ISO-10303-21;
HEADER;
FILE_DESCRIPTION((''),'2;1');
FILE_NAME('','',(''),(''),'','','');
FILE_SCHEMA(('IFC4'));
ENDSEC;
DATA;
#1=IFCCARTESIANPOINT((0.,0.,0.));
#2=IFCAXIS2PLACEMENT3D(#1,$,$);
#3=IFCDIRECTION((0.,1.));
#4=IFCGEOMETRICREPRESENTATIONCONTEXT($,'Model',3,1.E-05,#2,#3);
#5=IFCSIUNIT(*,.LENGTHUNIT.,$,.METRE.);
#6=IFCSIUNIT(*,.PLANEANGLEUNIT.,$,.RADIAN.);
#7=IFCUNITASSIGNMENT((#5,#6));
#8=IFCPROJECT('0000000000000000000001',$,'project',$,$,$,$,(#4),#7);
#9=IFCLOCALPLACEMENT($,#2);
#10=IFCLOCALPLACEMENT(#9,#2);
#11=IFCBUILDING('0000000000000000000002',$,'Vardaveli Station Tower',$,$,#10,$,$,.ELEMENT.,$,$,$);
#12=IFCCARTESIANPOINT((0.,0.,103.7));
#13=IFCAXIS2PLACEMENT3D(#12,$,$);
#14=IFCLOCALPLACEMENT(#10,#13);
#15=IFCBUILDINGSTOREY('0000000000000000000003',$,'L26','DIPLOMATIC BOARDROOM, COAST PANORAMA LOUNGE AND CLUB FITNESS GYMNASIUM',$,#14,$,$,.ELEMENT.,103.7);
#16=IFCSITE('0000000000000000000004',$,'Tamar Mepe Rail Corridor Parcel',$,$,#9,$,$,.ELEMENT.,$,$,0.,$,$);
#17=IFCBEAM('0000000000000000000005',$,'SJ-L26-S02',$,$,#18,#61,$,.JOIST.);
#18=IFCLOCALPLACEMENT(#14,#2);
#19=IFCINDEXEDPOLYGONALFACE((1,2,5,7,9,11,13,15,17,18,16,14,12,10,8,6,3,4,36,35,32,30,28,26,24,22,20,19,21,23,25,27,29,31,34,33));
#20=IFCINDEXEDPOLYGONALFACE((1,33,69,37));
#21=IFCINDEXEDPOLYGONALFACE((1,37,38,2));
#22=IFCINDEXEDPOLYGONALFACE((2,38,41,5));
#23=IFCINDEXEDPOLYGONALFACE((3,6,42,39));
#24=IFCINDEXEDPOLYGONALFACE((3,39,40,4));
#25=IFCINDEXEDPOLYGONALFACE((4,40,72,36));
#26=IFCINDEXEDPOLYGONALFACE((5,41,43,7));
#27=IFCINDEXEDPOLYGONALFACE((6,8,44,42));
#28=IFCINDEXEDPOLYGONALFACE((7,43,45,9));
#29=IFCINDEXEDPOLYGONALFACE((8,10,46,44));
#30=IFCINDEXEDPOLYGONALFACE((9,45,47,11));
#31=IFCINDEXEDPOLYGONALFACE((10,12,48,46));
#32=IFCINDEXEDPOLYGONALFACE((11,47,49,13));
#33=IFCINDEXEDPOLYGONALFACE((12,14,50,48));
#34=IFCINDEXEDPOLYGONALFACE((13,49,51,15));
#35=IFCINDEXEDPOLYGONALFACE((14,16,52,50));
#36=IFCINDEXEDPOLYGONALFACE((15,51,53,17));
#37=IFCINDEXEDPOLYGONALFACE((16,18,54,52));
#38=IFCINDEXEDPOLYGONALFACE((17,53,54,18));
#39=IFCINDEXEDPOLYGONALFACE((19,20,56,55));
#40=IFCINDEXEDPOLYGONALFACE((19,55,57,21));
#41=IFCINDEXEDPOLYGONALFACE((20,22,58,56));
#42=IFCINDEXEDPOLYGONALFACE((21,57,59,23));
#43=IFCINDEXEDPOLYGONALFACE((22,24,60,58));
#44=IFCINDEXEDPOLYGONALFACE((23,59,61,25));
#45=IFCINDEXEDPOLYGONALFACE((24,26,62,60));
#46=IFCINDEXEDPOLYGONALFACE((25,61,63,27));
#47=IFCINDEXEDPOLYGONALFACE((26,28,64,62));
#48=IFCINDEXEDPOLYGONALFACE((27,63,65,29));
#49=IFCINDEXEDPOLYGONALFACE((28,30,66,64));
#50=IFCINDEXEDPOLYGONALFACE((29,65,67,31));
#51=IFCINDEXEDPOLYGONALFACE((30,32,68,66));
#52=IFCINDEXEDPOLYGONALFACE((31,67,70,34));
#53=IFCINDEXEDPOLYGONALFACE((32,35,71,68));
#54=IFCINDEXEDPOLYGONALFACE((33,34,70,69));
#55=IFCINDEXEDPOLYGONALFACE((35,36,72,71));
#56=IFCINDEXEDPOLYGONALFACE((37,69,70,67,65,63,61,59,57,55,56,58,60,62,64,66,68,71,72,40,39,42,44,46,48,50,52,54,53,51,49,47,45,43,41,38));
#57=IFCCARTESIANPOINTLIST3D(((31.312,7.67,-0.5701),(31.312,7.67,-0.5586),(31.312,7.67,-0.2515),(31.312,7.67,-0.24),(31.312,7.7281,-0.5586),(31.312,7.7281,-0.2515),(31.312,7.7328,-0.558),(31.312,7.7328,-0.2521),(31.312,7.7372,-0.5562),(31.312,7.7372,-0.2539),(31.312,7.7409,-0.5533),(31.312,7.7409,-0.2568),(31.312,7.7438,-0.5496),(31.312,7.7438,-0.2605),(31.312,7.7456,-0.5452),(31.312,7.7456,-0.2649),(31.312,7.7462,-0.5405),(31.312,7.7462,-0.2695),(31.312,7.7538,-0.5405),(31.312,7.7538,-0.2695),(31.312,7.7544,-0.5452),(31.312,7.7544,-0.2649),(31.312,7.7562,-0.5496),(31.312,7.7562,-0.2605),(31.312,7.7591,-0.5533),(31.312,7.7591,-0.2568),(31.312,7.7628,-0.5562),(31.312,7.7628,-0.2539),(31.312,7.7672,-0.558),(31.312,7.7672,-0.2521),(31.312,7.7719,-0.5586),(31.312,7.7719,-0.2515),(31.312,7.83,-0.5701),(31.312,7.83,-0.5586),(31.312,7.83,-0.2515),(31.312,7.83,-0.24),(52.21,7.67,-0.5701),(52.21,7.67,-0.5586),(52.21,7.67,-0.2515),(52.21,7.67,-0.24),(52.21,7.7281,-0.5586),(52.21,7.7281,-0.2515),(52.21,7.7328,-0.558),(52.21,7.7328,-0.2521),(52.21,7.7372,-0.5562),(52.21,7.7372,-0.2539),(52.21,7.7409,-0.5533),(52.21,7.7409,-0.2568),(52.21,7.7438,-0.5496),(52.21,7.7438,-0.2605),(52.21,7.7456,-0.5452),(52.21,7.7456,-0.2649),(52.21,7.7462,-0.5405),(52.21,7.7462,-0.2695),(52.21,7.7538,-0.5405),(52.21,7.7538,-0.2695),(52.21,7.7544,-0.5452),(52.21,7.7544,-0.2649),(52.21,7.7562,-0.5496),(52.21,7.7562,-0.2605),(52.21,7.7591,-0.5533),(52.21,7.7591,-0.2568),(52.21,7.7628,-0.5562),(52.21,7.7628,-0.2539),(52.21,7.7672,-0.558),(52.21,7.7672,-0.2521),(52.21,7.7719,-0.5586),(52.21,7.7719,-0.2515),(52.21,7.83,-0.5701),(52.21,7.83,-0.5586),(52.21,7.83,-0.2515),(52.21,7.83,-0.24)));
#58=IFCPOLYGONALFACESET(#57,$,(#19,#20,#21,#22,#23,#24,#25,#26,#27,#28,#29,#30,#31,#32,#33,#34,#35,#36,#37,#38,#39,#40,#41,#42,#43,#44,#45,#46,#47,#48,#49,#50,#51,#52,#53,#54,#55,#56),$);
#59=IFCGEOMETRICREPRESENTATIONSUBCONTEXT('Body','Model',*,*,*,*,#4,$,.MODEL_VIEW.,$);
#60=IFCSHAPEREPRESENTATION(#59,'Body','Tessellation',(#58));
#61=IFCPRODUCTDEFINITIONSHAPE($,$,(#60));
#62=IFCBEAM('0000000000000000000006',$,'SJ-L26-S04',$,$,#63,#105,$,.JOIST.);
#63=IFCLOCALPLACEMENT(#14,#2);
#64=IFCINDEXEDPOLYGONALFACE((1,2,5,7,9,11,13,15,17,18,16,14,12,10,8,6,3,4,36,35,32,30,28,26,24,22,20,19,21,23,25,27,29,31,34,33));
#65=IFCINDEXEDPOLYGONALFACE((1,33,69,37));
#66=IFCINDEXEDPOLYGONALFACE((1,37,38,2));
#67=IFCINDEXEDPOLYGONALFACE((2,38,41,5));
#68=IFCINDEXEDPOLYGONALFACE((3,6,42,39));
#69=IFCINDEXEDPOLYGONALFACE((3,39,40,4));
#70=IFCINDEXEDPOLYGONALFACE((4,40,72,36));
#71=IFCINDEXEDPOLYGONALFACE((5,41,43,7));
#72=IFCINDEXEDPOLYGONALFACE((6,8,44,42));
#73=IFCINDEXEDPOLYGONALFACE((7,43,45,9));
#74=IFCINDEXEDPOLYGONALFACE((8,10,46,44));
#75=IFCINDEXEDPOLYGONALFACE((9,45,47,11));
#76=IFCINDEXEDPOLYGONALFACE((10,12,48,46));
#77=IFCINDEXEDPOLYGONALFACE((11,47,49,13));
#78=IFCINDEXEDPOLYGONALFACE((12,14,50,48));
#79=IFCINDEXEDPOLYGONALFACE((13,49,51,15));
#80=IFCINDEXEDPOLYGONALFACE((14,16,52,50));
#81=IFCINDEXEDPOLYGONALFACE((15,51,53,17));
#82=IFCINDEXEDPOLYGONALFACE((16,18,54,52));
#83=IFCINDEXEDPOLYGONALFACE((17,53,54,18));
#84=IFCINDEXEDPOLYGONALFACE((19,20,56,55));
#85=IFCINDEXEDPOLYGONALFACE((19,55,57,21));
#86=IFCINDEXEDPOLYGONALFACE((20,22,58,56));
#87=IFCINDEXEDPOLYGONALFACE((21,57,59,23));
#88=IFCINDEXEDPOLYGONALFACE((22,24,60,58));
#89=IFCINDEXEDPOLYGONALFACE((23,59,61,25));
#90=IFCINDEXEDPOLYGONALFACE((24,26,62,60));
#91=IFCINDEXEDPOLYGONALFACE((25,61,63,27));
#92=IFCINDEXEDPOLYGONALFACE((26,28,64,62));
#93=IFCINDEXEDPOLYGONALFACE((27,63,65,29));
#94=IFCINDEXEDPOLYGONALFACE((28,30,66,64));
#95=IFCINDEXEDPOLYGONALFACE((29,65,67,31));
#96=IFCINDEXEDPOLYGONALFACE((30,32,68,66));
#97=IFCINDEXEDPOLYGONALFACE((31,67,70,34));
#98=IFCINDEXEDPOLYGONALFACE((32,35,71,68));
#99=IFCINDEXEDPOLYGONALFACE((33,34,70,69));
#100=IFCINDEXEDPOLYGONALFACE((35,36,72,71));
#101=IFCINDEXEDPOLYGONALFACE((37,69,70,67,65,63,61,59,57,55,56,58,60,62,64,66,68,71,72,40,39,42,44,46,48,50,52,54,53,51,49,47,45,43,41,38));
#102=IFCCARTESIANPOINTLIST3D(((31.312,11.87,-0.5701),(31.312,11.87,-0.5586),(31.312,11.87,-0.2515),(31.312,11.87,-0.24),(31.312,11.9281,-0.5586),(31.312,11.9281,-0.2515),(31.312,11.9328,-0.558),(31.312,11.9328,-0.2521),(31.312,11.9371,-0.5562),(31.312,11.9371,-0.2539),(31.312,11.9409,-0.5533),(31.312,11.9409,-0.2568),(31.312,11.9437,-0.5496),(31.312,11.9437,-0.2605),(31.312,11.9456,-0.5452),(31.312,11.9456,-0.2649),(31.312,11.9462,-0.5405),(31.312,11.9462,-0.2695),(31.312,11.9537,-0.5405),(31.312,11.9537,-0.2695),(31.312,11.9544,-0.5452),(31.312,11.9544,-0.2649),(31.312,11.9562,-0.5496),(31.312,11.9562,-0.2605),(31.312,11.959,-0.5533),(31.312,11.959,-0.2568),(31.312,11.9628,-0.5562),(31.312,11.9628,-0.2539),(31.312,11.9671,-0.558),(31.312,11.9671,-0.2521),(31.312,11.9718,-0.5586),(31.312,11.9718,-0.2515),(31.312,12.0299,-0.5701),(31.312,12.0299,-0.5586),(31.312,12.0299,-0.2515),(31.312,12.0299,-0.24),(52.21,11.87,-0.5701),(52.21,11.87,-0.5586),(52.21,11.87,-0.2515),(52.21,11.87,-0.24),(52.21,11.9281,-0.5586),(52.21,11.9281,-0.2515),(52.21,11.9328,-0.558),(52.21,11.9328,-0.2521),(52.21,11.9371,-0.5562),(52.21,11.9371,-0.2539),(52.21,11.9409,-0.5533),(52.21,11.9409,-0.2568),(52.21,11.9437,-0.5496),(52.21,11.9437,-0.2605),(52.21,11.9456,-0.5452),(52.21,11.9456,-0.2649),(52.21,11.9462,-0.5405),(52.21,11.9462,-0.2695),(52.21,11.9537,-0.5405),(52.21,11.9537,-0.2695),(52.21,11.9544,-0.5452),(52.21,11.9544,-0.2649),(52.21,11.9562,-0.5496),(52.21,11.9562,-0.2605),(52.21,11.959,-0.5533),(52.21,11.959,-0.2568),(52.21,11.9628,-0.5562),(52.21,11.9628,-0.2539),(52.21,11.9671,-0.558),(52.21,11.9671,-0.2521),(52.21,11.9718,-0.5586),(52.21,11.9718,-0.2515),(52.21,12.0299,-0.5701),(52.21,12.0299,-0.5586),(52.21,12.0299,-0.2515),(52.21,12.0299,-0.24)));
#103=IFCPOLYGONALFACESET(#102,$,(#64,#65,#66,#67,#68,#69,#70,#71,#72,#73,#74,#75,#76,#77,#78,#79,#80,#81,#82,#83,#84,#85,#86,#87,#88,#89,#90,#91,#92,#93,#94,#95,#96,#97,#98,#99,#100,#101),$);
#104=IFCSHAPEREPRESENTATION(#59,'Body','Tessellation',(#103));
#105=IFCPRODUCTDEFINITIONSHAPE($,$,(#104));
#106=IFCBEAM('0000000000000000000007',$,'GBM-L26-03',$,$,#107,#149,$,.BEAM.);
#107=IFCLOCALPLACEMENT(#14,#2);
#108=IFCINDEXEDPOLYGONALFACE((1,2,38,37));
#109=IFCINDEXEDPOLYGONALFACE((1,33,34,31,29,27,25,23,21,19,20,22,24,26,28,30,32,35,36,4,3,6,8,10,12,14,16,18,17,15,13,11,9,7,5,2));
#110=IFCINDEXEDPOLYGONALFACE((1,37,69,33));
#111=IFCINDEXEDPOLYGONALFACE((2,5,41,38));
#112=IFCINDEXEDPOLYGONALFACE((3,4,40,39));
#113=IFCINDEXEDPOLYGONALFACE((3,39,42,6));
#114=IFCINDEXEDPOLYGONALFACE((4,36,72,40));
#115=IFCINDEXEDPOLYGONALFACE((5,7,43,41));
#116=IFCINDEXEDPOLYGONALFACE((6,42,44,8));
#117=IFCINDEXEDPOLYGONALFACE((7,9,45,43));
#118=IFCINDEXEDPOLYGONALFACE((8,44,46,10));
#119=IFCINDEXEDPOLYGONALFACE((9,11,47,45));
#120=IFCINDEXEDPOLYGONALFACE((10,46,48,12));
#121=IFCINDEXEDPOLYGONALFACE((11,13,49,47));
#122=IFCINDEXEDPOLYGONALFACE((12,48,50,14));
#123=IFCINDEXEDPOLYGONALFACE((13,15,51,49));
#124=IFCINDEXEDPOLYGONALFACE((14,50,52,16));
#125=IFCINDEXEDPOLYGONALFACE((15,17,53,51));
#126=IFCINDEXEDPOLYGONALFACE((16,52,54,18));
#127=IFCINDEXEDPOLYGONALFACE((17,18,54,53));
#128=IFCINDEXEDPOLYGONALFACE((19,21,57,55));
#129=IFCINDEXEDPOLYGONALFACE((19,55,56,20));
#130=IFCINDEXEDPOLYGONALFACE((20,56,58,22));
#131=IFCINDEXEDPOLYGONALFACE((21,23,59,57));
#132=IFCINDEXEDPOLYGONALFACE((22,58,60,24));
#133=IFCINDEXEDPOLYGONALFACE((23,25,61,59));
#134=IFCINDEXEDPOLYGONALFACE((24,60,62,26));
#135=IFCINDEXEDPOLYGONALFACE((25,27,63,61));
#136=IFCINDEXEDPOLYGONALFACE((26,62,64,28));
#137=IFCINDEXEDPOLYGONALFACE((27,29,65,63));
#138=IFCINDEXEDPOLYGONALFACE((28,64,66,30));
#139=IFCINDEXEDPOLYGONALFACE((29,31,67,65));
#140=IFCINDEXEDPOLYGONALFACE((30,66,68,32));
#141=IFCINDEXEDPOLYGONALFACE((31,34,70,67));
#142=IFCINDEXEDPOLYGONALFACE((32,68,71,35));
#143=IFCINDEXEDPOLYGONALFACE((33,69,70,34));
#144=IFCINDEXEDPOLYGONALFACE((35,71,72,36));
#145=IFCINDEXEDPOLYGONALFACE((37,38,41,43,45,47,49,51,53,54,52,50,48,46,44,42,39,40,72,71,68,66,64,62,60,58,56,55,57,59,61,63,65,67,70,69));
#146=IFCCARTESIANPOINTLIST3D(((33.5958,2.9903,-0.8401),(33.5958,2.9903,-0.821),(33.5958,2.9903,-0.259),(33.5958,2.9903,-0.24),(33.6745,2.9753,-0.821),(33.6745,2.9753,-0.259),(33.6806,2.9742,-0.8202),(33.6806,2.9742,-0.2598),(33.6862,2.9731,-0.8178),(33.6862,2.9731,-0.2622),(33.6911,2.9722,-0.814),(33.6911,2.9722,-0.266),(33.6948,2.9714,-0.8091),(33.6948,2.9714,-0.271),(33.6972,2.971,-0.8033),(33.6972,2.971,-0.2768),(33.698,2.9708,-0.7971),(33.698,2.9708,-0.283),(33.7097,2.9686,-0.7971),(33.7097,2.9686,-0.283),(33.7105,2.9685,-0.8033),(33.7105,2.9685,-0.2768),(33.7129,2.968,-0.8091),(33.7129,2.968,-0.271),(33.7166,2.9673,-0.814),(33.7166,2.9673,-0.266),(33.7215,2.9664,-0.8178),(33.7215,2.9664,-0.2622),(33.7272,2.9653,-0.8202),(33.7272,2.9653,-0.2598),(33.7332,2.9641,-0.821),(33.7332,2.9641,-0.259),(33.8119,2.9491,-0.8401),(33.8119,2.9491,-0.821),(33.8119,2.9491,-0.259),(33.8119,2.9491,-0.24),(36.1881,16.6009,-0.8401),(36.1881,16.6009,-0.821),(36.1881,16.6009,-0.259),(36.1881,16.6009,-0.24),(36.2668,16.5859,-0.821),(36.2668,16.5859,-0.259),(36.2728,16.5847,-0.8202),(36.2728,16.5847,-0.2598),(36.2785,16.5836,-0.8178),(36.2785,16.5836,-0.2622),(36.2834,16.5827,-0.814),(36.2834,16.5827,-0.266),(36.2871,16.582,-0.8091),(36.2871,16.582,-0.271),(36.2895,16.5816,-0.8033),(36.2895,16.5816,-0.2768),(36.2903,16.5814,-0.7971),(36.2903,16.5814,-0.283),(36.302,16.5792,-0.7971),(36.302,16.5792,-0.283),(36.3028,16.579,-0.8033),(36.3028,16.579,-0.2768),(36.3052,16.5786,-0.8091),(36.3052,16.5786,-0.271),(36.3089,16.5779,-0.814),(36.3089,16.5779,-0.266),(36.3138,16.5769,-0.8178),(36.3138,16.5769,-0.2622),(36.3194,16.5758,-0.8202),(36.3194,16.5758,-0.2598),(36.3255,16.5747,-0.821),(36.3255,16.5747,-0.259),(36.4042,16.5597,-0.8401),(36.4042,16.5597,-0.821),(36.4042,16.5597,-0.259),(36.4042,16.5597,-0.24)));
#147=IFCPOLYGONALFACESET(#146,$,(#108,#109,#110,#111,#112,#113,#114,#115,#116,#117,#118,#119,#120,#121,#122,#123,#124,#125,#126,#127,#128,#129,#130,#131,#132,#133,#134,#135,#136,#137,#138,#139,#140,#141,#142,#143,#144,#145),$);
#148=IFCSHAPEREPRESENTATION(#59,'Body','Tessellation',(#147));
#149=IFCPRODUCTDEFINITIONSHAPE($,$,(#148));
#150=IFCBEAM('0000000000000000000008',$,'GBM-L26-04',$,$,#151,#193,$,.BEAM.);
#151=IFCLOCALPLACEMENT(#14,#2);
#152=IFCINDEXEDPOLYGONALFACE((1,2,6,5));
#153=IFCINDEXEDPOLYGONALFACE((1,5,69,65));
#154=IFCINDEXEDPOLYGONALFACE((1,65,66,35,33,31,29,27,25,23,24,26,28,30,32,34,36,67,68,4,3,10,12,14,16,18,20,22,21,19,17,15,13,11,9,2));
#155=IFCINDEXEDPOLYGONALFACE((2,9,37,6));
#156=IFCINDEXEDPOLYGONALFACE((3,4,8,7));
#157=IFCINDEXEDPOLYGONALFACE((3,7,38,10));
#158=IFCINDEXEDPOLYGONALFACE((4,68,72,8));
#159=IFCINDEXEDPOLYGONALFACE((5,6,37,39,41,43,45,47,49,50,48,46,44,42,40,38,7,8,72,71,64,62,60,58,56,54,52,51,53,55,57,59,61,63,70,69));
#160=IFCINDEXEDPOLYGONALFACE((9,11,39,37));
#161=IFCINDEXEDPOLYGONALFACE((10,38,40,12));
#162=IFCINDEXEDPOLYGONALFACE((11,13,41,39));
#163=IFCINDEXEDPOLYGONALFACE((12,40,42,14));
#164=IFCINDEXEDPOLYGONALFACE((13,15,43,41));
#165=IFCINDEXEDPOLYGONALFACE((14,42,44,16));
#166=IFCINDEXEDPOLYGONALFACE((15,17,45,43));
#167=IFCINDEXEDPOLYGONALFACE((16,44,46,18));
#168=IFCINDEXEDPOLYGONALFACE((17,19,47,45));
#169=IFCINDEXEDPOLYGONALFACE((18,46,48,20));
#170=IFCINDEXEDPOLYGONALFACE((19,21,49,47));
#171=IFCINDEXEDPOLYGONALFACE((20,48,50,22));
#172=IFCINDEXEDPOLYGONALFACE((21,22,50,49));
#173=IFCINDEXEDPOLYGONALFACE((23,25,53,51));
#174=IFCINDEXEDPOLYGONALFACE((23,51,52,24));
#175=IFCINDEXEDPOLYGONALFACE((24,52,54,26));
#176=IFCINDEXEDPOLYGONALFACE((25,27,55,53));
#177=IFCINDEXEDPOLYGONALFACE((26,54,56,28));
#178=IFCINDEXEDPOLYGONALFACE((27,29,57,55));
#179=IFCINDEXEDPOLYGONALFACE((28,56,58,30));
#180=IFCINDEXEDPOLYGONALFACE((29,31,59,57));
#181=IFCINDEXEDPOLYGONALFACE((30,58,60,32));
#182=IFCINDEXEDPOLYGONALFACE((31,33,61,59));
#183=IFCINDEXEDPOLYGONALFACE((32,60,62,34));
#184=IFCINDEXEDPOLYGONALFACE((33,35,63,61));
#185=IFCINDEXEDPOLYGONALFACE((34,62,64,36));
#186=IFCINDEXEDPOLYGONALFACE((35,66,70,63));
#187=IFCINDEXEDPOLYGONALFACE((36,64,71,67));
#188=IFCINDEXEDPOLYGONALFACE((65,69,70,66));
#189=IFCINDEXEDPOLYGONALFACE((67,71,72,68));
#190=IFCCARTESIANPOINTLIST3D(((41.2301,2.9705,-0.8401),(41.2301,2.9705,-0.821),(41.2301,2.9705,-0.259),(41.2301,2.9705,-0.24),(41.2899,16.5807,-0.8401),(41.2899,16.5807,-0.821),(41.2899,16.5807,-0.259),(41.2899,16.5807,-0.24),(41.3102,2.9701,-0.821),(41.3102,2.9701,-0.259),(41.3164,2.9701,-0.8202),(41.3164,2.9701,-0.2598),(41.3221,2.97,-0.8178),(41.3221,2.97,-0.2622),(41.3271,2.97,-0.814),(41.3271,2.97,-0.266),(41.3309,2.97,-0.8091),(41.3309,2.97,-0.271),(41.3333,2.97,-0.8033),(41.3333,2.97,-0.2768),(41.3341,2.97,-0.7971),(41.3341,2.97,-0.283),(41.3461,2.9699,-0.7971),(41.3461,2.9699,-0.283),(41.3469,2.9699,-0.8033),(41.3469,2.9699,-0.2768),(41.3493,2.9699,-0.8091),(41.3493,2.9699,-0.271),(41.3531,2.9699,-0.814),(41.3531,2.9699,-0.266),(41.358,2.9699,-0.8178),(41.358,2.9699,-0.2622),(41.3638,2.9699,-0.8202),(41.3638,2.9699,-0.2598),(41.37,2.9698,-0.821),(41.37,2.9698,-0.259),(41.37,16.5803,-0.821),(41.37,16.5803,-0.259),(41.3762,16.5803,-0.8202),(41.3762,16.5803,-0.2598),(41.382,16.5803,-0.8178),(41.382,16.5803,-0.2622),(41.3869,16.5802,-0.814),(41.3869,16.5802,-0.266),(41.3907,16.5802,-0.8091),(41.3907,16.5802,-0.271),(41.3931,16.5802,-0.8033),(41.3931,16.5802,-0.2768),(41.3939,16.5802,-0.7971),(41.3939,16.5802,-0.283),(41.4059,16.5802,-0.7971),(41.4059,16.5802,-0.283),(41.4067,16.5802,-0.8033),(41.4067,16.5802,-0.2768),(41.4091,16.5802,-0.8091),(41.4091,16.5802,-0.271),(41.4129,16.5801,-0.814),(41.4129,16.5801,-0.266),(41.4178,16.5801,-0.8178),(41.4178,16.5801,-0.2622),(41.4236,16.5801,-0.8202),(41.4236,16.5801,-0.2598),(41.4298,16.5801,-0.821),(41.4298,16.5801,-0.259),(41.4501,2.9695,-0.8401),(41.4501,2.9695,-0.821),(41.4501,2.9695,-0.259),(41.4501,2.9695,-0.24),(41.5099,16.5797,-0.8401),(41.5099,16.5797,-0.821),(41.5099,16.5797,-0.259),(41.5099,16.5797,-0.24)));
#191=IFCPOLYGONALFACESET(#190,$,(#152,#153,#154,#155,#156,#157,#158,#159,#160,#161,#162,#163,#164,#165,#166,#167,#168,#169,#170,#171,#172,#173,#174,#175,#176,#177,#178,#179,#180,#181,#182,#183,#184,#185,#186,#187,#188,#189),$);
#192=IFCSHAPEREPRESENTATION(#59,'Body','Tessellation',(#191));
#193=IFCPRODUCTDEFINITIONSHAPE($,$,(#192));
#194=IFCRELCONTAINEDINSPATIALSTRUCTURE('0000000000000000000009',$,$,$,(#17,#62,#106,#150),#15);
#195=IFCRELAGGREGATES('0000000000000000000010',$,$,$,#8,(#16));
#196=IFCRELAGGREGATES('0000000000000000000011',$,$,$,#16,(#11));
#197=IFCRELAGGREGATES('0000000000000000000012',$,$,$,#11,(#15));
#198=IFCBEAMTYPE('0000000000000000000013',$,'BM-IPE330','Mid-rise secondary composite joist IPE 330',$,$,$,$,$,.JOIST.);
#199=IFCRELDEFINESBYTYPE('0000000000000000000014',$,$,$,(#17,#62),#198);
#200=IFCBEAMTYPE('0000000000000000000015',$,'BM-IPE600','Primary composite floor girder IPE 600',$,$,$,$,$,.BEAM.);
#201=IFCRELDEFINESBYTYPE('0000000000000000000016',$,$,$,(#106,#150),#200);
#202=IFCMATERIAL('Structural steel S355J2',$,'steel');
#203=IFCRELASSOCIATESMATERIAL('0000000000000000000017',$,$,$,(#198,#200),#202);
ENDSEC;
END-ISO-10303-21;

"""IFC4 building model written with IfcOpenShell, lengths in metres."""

from ifc_helpers import new_model, si_unit, direction, frame, origin, origin_2d, place, context, subcontext, project, spatial, i_section, extrude, source, transform, mapped, material, material_profile, profile_set, type_object, element, save


model = new_model("IFC4")

# Units and contexts
model_context = context("Model", 3, precision=1e-05, world=origin(), true_north=direction((0.0, 1.0)))
body_context = subcontext(model_context, "Body", "Model", "MODEL_VIEW")
ifc_project = project(units=[si_unit("LENGTHUNIT", "METRE"), si_unit("PLANEANGLEUNIT", "RADIAN")], contexts=[model_context])

# Site, building, storey
site_placement = place(None, origin())
site = spatial("IfcSite", under=ifc_project, at=site_placement, Name="Tamar Mepe Rail Corridor Parcel", CompositionType="ELEMENT", RefElevation=0.0)
building_placement = place(site_placement, origin())
building = spatial("IfcBuilding", under=site, at=building_placement, Name="Vardaveli Station Tower", CompositionType="ELEMENT")
storey_placement = place(building_placement, frame((0.0, 0.0, 103.7)))
storey = spatial("IfcBuildingStorey", under=building, at=storey_placement, Name="L26", Description="DIPLOMATIC BOARDROOM, COAST PANORAMA LOUNGE AND CLUB FITNESS GYMNASIUM", CompositionType="ELEMENT", Elevation=103.7)

# Beams
ifc_material_1 = material(Name="Structural steel S355J2", Category="steel")
ifc_material_profile_1 = material_profile(ifc_material_1, i_section(OverallWidth=0.1599, OverallDepth=0.3301, WebThickness=0.0076, FlangeThickness=0.0115, FilletRadius=0.0181, at=origin_2d()), Name="IPE 330")
ifc_profile_set_1 = profile_set([ifc_material_profile_1], Name="Structural steel S355J2")
beam_type_1 = type_object("IfcBeamType", Name="BM-IPE330", Description="Mid-rise secondary composite joist IPE 330", PredefinedType="JOIST", material=ifc_profile_set_1)
shared_shape_1 = source(origin(), body_context, "Body", "SweptSolid", [
    extrude(i_section(OverallWidth=0.1599, OverallDepth=0.3301, WebThickness=0.0076, FlangeThickness=0.0115, FilletRadius=0.0181, at=origin_2d()), origin(), (0.0, 0.0, 1.0), 20.8979),
])
for number, where, z_axis, x_axis, name in (
    (1, (31.312, 7.75, -0.405), (1.0, 0.0, 0.0), (0.0, 1.0, 0.0), "SJ-L26-S02"),
    (2, (31.312, 11.95, -0.405), (1.0, 0.0, 0.0), (0.0, 1.0, 0.0), "SJ-L26-S04"),
):
    element("IfcBeam", number, at=place(storey_placement, frame(where, z_axis=z_axis, x_axis=x_axis)), inside=storey, type_object=beam_type_1, Name=name, PredefinedType="JOIST", context=body_context, shape_type="MappedRepresentation", body=[
        mapped(shared_shape_1, transform((0.0, 0.0, 0.0), scale=1.0)),
    ])
ifc_material_profile_2 = material_profile(ifc_material_1, i_section(OverallWidth=0.22, OverallDepth=0.6001, WebThickness=0.012, FlangeThickness=0.019, FilletRadius=0.0239, at=origin_2d()), Name="IPE 600")
ifc_profile_set_2 = profile_set([ifc_material_profile_2], Name="Structural steel S355J2")
beam_type_2 = type_object("IfcBeamType", Name="BM-IPE600", Description="Primary composite floor girder IPE 600", PredefinedType="BEAM", material=ifc_profile_set_2)
shared_shape_2 = source(origin(), body_context, "Body", "SweptSolid", [
    extrude(i_section(OverallWidth=0.22, OverallDepth=0.6001, WebThickness=0.012, FlangeThickness=0.019, FilletRadius=0.0239, at=origin_2d()), origin(), (0.0, 0.0, 1.0), 13.8552),
])
beam_1_placement = place(storey_placement, frame((33.7039, 2.9697, -0.54), z_axis=(0.187098, 0.982341, 0.0), x_axis=(-0.982341, 0.187098, 0.0)))
element("IfcBeam", 3, at=beam_1_placement, inside=storey, type_object=beam_type_2, Name="GBM-L26-03", PredefinedType="BEAM", context=body_context, shape_type="MappedRepresentation", body=[
    mapped(shared_shape_2, transform((0.0, 0.0, 0.0), scale=1.0)),
])
shared_shape_3 = source(origin(), body_context, "Body", "SweptSolid", [
    extrude(i_section(OverallWidth=0.22, OverallDepth=0.6001, WebThickness=0.012, FlangeThickness=0.019, FilletRadius=0.0239, at=origin_2d()), origin(), (0.0, 0.0, 1.0), 13.6104),
])
beam_2_placement = place(storey_placement, frame((41.3401, 2.97, -0.54), z_axis=(0.004395, 0.99999, 0.0), x_axis=(-0.99999, 0.004395, 0.0)))
element("IfcBeam", 4, at=beam_2_placement, inside=storey, type_object=beam_type_2, Name="GBM-L26-04", PredefinedType="BEAM", context=body_context, shape_type="MappedRepresentation", body=[
    mapped(shared_shape_3, transform((0.0, 0.0, 0.0), scale=1.0)),
])

save(model, "model.ifc")
